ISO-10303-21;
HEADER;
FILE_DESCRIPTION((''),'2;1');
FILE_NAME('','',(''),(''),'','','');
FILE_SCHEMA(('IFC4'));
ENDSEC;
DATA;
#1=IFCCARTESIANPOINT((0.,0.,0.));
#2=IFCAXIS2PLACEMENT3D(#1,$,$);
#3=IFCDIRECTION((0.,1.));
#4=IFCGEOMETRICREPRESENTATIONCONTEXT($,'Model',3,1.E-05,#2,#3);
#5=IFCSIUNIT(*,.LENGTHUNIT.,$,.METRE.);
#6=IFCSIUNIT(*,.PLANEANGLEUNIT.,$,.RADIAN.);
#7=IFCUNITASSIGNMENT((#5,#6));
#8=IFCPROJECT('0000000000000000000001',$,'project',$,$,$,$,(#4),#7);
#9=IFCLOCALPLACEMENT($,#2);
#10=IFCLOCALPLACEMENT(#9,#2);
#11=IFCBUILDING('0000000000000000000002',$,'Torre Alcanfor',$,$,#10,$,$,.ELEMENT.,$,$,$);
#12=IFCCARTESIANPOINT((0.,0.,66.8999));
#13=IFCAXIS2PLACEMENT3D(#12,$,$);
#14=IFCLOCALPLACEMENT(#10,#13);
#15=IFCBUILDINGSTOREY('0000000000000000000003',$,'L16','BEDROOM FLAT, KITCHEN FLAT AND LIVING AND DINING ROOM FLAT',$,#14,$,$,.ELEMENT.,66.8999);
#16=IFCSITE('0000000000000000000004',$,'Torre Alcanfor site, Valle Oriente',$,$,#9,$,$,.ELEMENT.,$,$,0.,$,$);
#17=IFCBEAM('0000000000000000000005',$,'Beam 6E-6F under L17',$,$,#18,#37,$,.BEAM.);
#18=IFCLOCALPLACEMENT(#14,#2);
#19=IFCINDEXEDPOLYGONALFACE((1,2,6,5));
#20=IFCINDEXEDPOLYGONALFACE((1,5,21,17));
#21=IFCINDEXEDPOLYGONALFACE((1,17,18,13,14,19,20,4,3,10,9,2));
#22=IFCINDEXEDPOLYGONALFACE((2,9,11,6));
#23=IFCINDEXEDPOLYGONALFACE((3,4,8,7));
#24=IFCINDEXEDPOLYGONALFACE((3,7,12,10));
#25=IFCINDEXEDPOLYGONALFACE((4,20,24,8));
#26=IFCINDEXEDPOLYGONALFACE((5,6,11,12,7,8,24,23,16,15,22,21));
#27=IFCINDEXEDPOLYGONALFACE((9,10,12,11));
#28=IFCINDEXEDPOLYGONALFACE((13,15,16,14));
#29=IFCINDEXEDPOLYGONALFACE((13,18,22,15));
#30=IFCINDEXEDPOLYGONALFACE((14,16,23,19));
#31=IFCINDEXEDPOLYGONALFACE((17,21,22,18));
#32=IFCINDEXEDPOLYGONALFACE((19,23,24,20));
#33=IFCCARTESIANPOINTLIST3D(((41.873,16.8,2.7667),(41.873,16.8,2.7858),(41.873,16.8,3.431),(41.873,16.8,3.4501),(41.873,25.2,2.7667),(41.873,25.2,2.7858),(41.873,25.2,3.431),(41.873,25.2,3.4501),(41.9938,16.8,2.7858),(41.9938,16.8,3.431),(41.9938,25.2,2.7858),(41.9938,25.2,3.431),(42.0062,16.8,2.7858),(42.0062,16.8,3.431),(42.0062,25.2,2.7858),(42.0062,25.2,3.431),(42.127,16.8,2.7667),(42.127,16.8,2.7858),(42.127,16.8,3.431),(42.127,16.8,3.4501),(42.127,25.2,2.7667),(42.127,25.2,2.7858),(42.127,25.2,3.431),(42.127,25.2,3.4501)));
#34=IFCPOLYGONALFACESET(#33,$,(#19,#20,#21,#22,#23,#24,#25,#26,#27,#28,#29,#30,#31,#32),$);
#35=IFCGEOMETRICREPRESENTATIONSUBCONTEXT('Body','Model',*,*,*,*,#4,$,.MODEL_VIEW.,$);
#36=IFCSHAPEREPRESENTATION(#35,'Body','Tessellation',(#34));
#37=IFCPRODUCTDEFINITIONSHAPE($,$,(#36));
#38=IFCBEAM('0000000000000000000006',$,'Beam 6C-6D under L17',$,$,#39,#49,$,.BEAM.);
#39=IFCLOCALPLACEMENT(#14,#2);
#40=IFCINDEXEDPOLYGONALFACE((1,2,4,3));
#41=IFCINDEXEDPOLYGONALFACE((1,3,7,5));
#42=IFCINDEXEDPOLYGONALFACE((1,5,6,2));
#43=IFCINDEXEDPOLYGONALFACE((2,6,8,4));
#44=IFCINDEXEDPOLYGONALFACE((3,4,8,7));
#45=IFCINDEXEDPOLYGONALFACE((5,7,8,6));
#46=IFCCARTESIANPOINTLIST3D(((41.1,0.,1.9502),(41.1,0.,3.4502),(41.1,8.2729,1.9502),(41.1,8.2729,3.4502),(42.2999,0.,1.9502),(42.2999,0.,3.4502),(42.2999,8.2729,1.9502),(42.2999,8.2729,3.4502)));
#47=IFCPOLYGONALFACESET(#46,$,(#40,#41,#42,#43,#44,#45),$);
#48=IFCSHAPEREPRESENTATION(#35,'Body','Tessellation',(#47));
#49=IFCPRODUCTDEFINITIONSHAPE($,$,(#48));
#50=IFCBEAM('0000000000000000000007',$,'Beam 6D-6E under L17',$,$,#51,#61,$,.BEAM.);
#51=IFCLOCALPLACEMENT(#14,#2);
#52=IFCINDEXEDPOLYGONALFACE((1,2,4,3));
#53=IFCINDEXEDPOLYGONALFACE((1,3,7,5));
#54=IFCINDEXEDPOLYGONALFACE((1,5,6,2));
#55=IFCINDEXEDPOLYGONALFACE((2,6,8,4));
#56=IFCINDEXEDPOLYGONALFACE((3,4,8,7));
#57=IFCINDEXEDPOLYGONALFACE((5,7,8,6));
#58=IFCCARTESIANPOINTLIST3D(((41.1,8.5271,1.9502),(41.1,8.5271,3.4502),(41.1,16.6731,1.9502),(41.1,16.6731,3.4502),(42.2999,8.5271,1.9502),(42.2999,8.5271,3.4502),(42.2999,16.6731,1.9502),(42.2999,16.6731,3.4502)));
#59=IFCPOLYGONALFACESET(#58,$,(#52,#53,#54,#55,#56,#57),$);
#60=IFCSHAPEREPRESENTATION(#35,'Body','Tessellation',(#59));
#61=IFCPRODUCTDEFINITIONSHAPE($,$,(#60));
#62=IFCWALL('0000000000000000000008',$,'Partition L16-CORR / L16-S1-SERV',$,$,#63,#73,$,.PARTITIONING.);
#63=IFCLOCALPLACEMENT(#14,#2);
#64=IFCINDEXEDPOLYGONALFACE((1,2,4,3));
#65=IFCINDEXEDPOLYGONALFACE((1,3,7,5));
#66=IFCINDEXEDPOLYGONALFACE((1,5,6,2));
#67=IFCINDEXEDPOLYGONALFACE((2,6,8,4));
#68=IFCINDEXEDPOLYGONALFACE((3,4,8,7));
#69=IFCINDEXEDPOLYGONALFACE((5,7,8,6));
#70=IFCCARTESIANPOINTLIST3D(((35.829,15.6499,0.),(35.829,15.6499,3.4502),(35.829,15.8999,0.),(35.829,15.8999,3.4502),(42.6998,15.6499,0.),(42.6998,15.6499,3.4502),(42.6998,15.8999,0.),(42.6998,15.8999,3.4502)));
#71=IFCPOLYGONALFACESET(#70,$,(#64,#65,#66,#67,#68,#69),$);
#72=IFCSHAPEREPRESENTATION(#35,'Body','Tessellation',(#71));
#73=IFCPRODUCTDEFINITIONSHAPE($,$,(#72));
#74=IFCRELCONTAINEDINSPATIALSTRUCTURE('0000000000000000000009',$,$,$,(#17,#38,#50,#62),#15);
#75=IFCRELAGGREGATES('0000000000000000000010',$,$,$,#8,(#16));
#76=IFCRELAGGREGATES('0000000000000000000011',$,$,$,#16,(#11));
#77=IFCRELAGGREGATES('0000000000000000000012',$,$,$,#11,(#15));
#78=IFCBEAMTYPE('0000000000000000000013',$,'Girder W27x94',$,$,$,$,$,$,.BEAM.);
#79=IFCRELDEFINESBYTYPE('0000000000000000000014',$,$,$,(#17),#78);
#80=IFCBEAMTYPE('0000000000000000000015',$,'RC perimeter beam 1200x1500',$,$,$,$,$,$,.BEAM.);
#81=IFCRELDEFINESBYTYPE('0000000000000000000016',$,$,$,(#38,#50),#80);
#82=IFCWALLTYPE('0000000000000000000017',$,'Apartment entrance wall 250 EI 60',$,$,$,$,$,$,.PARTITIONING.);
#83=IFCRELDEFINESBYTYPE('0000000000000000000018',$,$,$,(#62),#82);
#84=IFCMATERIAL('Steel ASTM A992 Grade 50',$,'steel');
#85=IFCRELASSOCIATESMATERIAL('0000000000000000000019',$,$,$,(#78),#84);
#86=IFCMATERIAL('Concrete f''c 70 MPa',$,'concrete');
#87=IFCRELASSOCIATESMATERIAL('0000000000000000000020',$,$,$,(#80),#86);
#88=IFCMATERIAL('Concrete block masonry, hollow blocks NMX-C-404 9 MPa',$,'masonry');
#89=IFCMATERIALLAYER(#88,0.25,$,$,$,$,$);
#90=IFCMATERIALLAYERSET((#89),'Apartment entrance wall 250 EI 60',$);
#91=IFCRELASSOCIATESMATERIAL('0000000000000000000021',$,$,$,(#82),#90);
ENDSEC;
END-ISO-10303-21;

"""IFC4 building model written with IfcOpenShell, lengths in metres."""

from ifc_helpers import new_model, si_unit, direction, frame, frame_2d, origin, origin_2d, place, context, subcontext, project, spatial, rectangle, i_section, extrude, material, layer, layer_set, material_profile, profile_set, type_object, element, save


model = new_model("IFC4")

# Units and contexts
model_context = context("Model", 3, precision=1e-05, world=origin(), true_north=direction((0.0, 1.0)))
body_context = subcontext(model_context, "Body", "Model", "MODEL_VIEW")
ifc_project = project(units=[si_unit("LENGTHUNIT", "METRE"), si_unit("PLANEANGLEUNIT", "RADIAN")], contexts=[model_context])

# Site, building, storey
site_placement = place(None, origin())
site = spatial("IfcSite", under=ifc_project, at=site_placement, Name="Torre Alcanfor site, Valle Oriente", CompositionType="ELEMENT", RefElevation=0.0)
building_placement = place(site_placement, origin())
building = spatial("IfcBuilding", under=site, at=building_placement, Name="Torre Alcanfor", CompositionType="ELEMENT")
storey_placement = place(building_placement, frame((0.0, 0.0, 66.8999)))
storey = spatial("IfcBuildingStorey", under=building, at=storey_placement, Name="L16", Description="BEDROOM FLAT, KITCHEN FLAT AND LIVING AND DINING ROOM FLAT", CompositionType="ELEMENT", Elevation=66.8999)

# Beams
ifc_material_1 = material(Name="Steel ASTM A992 Grade 50", Category="steel")
ifc_material_profile_1 = material_profile(ifc_material_1, i_section(OverallWidth=0.2539, OverallDepth=0.6833, WebThickness=0.0125, FlangeThickness=0.019, at=origin_2d()), Name="W27x94")
ifc_profile_set_1 = profile_set([ifc_material_profile_1], Name="Steel ASTM A992 Grade 50")
beam_type_1 = type_object("IfcBeamType", Name="Girder W27x94", PredefinedType="BEAM", material=ifc_profile_set_1)
beam_1_placement = place(storey_placement, frame((42.0, 16.8, 3.1084), z_axis=(0.0, 1.0, 0.0), x_axis=(-1.0, 0.0, 0.0)))
element("IfcBeam", 1, at=beam_1_placement, inside=storey, type_object=beam_type_1, Name="Beam 6E-6F under L17", PredefinedType="BEAM", context=body_context, shape_type="SweptSolid", body=[
    extrude(i_section(OverallWidth=0.2539, OverallDepth=0.6833, WebThickness=0.0125, FlangeThickness=0.019, at=origin_2d()), origin(), (0.0, 0.0, 1.0), 8.3999),
])
ifc_material_2 = material(Name="Concrete f'c 70 MPa", Category="concrete")
ifc_material_profile_2 = material_profile(ifc_material_2, rectangle(XDim=1.2, YDim=1.5, at=origin_2d()), Name="1200x1500")
ifc_profile_set_2 = profile_set([ifc_material_profile_2], Name="Concrete f'c 70 MPa")
beam_type_2 = type_object("IfcBeamType", Name="RC perimeter beam 1200x1500", PredefinedType="BEAM", material=ifc_profile_set_2)
beam_2_placement = place(storey_placement, frame((41.7, 0.0, 2.7002), z_axis=(0.0, 1.0, 0.0), x_axis=(-1.0, 0.0, 0.0)))
element("IfcBeam", 2, at=beam_2_placement, inside=storey, type_object=beam_type_2, Name="Beam 6C-6D under L17", PredefinedType="BEAM", context=body_context, shape_type="SweptSolid", body=[
    extrude(rectangle(XDim=1.2, YDim=1.5, at=origin_2d()), origin(), (0.0, 0.0, 1.0), 8.2729),
])
beam_3_placement = place(storey_placement, frame((41.7, 8.5271, 2.7002), z_axis=(0.0, 1.0, 0.0), x_axis=(-1.0, 0.0, 0.0)))
element("IfcBeam", 3, at=beam_3_placement, inside=storey, type_object=beam_type_2, Name="Beam 6D-6E under L17", PredefinedType="BEAM", context=body_context, shape_type="SweptSolid", body=[
    extrude(rectangle(XDim=1.2, YDim=1.5, at=origin_2d()), origin(), (0.0, 0.0, 1.0), 8.146),
])

# Wall
ifc_material_3 = material(Name="Concrete block masonry, hollow blocks NMX-C-404 9 MPa", Category="masonry")
ifc_layer_1 = layer(ifc_material_3, 0.25)
ifc_layer_set_1 = layer_set([ifc_layer_1], Name="Apartment entrance wall 250 EI 60")
wall_type_1 = type_object("IfcWallType", Name="Apartment entrance wall 250 EI 60", PredefinedType="PARTITIONING", material=ifc_layer_set_1)
wall_1_placement = place(storey_placement, frame((42.7, 15.7749, 0.0), z_axis=(0.0, 0.0, 1.0), x_axis=(-1.0, 0.0, 0.0)))
element("IfcWall", 4, at=wall_1_placement, inside=storey, type_object=wall_type_1, Name="Partition L16-CORR / L16-S1-SERV", PredefinedType="PARTITIONING", context=body_context, shape_type="SweptSolid", body=[
    extrude(rectangle(XDim=6.8708, YDim=0.25, at=frame_2d((3.4355, 0.0))), origin(), (0.0, 0.0, 1.0), 3.4502),
])

save(model, "model.ifc")
